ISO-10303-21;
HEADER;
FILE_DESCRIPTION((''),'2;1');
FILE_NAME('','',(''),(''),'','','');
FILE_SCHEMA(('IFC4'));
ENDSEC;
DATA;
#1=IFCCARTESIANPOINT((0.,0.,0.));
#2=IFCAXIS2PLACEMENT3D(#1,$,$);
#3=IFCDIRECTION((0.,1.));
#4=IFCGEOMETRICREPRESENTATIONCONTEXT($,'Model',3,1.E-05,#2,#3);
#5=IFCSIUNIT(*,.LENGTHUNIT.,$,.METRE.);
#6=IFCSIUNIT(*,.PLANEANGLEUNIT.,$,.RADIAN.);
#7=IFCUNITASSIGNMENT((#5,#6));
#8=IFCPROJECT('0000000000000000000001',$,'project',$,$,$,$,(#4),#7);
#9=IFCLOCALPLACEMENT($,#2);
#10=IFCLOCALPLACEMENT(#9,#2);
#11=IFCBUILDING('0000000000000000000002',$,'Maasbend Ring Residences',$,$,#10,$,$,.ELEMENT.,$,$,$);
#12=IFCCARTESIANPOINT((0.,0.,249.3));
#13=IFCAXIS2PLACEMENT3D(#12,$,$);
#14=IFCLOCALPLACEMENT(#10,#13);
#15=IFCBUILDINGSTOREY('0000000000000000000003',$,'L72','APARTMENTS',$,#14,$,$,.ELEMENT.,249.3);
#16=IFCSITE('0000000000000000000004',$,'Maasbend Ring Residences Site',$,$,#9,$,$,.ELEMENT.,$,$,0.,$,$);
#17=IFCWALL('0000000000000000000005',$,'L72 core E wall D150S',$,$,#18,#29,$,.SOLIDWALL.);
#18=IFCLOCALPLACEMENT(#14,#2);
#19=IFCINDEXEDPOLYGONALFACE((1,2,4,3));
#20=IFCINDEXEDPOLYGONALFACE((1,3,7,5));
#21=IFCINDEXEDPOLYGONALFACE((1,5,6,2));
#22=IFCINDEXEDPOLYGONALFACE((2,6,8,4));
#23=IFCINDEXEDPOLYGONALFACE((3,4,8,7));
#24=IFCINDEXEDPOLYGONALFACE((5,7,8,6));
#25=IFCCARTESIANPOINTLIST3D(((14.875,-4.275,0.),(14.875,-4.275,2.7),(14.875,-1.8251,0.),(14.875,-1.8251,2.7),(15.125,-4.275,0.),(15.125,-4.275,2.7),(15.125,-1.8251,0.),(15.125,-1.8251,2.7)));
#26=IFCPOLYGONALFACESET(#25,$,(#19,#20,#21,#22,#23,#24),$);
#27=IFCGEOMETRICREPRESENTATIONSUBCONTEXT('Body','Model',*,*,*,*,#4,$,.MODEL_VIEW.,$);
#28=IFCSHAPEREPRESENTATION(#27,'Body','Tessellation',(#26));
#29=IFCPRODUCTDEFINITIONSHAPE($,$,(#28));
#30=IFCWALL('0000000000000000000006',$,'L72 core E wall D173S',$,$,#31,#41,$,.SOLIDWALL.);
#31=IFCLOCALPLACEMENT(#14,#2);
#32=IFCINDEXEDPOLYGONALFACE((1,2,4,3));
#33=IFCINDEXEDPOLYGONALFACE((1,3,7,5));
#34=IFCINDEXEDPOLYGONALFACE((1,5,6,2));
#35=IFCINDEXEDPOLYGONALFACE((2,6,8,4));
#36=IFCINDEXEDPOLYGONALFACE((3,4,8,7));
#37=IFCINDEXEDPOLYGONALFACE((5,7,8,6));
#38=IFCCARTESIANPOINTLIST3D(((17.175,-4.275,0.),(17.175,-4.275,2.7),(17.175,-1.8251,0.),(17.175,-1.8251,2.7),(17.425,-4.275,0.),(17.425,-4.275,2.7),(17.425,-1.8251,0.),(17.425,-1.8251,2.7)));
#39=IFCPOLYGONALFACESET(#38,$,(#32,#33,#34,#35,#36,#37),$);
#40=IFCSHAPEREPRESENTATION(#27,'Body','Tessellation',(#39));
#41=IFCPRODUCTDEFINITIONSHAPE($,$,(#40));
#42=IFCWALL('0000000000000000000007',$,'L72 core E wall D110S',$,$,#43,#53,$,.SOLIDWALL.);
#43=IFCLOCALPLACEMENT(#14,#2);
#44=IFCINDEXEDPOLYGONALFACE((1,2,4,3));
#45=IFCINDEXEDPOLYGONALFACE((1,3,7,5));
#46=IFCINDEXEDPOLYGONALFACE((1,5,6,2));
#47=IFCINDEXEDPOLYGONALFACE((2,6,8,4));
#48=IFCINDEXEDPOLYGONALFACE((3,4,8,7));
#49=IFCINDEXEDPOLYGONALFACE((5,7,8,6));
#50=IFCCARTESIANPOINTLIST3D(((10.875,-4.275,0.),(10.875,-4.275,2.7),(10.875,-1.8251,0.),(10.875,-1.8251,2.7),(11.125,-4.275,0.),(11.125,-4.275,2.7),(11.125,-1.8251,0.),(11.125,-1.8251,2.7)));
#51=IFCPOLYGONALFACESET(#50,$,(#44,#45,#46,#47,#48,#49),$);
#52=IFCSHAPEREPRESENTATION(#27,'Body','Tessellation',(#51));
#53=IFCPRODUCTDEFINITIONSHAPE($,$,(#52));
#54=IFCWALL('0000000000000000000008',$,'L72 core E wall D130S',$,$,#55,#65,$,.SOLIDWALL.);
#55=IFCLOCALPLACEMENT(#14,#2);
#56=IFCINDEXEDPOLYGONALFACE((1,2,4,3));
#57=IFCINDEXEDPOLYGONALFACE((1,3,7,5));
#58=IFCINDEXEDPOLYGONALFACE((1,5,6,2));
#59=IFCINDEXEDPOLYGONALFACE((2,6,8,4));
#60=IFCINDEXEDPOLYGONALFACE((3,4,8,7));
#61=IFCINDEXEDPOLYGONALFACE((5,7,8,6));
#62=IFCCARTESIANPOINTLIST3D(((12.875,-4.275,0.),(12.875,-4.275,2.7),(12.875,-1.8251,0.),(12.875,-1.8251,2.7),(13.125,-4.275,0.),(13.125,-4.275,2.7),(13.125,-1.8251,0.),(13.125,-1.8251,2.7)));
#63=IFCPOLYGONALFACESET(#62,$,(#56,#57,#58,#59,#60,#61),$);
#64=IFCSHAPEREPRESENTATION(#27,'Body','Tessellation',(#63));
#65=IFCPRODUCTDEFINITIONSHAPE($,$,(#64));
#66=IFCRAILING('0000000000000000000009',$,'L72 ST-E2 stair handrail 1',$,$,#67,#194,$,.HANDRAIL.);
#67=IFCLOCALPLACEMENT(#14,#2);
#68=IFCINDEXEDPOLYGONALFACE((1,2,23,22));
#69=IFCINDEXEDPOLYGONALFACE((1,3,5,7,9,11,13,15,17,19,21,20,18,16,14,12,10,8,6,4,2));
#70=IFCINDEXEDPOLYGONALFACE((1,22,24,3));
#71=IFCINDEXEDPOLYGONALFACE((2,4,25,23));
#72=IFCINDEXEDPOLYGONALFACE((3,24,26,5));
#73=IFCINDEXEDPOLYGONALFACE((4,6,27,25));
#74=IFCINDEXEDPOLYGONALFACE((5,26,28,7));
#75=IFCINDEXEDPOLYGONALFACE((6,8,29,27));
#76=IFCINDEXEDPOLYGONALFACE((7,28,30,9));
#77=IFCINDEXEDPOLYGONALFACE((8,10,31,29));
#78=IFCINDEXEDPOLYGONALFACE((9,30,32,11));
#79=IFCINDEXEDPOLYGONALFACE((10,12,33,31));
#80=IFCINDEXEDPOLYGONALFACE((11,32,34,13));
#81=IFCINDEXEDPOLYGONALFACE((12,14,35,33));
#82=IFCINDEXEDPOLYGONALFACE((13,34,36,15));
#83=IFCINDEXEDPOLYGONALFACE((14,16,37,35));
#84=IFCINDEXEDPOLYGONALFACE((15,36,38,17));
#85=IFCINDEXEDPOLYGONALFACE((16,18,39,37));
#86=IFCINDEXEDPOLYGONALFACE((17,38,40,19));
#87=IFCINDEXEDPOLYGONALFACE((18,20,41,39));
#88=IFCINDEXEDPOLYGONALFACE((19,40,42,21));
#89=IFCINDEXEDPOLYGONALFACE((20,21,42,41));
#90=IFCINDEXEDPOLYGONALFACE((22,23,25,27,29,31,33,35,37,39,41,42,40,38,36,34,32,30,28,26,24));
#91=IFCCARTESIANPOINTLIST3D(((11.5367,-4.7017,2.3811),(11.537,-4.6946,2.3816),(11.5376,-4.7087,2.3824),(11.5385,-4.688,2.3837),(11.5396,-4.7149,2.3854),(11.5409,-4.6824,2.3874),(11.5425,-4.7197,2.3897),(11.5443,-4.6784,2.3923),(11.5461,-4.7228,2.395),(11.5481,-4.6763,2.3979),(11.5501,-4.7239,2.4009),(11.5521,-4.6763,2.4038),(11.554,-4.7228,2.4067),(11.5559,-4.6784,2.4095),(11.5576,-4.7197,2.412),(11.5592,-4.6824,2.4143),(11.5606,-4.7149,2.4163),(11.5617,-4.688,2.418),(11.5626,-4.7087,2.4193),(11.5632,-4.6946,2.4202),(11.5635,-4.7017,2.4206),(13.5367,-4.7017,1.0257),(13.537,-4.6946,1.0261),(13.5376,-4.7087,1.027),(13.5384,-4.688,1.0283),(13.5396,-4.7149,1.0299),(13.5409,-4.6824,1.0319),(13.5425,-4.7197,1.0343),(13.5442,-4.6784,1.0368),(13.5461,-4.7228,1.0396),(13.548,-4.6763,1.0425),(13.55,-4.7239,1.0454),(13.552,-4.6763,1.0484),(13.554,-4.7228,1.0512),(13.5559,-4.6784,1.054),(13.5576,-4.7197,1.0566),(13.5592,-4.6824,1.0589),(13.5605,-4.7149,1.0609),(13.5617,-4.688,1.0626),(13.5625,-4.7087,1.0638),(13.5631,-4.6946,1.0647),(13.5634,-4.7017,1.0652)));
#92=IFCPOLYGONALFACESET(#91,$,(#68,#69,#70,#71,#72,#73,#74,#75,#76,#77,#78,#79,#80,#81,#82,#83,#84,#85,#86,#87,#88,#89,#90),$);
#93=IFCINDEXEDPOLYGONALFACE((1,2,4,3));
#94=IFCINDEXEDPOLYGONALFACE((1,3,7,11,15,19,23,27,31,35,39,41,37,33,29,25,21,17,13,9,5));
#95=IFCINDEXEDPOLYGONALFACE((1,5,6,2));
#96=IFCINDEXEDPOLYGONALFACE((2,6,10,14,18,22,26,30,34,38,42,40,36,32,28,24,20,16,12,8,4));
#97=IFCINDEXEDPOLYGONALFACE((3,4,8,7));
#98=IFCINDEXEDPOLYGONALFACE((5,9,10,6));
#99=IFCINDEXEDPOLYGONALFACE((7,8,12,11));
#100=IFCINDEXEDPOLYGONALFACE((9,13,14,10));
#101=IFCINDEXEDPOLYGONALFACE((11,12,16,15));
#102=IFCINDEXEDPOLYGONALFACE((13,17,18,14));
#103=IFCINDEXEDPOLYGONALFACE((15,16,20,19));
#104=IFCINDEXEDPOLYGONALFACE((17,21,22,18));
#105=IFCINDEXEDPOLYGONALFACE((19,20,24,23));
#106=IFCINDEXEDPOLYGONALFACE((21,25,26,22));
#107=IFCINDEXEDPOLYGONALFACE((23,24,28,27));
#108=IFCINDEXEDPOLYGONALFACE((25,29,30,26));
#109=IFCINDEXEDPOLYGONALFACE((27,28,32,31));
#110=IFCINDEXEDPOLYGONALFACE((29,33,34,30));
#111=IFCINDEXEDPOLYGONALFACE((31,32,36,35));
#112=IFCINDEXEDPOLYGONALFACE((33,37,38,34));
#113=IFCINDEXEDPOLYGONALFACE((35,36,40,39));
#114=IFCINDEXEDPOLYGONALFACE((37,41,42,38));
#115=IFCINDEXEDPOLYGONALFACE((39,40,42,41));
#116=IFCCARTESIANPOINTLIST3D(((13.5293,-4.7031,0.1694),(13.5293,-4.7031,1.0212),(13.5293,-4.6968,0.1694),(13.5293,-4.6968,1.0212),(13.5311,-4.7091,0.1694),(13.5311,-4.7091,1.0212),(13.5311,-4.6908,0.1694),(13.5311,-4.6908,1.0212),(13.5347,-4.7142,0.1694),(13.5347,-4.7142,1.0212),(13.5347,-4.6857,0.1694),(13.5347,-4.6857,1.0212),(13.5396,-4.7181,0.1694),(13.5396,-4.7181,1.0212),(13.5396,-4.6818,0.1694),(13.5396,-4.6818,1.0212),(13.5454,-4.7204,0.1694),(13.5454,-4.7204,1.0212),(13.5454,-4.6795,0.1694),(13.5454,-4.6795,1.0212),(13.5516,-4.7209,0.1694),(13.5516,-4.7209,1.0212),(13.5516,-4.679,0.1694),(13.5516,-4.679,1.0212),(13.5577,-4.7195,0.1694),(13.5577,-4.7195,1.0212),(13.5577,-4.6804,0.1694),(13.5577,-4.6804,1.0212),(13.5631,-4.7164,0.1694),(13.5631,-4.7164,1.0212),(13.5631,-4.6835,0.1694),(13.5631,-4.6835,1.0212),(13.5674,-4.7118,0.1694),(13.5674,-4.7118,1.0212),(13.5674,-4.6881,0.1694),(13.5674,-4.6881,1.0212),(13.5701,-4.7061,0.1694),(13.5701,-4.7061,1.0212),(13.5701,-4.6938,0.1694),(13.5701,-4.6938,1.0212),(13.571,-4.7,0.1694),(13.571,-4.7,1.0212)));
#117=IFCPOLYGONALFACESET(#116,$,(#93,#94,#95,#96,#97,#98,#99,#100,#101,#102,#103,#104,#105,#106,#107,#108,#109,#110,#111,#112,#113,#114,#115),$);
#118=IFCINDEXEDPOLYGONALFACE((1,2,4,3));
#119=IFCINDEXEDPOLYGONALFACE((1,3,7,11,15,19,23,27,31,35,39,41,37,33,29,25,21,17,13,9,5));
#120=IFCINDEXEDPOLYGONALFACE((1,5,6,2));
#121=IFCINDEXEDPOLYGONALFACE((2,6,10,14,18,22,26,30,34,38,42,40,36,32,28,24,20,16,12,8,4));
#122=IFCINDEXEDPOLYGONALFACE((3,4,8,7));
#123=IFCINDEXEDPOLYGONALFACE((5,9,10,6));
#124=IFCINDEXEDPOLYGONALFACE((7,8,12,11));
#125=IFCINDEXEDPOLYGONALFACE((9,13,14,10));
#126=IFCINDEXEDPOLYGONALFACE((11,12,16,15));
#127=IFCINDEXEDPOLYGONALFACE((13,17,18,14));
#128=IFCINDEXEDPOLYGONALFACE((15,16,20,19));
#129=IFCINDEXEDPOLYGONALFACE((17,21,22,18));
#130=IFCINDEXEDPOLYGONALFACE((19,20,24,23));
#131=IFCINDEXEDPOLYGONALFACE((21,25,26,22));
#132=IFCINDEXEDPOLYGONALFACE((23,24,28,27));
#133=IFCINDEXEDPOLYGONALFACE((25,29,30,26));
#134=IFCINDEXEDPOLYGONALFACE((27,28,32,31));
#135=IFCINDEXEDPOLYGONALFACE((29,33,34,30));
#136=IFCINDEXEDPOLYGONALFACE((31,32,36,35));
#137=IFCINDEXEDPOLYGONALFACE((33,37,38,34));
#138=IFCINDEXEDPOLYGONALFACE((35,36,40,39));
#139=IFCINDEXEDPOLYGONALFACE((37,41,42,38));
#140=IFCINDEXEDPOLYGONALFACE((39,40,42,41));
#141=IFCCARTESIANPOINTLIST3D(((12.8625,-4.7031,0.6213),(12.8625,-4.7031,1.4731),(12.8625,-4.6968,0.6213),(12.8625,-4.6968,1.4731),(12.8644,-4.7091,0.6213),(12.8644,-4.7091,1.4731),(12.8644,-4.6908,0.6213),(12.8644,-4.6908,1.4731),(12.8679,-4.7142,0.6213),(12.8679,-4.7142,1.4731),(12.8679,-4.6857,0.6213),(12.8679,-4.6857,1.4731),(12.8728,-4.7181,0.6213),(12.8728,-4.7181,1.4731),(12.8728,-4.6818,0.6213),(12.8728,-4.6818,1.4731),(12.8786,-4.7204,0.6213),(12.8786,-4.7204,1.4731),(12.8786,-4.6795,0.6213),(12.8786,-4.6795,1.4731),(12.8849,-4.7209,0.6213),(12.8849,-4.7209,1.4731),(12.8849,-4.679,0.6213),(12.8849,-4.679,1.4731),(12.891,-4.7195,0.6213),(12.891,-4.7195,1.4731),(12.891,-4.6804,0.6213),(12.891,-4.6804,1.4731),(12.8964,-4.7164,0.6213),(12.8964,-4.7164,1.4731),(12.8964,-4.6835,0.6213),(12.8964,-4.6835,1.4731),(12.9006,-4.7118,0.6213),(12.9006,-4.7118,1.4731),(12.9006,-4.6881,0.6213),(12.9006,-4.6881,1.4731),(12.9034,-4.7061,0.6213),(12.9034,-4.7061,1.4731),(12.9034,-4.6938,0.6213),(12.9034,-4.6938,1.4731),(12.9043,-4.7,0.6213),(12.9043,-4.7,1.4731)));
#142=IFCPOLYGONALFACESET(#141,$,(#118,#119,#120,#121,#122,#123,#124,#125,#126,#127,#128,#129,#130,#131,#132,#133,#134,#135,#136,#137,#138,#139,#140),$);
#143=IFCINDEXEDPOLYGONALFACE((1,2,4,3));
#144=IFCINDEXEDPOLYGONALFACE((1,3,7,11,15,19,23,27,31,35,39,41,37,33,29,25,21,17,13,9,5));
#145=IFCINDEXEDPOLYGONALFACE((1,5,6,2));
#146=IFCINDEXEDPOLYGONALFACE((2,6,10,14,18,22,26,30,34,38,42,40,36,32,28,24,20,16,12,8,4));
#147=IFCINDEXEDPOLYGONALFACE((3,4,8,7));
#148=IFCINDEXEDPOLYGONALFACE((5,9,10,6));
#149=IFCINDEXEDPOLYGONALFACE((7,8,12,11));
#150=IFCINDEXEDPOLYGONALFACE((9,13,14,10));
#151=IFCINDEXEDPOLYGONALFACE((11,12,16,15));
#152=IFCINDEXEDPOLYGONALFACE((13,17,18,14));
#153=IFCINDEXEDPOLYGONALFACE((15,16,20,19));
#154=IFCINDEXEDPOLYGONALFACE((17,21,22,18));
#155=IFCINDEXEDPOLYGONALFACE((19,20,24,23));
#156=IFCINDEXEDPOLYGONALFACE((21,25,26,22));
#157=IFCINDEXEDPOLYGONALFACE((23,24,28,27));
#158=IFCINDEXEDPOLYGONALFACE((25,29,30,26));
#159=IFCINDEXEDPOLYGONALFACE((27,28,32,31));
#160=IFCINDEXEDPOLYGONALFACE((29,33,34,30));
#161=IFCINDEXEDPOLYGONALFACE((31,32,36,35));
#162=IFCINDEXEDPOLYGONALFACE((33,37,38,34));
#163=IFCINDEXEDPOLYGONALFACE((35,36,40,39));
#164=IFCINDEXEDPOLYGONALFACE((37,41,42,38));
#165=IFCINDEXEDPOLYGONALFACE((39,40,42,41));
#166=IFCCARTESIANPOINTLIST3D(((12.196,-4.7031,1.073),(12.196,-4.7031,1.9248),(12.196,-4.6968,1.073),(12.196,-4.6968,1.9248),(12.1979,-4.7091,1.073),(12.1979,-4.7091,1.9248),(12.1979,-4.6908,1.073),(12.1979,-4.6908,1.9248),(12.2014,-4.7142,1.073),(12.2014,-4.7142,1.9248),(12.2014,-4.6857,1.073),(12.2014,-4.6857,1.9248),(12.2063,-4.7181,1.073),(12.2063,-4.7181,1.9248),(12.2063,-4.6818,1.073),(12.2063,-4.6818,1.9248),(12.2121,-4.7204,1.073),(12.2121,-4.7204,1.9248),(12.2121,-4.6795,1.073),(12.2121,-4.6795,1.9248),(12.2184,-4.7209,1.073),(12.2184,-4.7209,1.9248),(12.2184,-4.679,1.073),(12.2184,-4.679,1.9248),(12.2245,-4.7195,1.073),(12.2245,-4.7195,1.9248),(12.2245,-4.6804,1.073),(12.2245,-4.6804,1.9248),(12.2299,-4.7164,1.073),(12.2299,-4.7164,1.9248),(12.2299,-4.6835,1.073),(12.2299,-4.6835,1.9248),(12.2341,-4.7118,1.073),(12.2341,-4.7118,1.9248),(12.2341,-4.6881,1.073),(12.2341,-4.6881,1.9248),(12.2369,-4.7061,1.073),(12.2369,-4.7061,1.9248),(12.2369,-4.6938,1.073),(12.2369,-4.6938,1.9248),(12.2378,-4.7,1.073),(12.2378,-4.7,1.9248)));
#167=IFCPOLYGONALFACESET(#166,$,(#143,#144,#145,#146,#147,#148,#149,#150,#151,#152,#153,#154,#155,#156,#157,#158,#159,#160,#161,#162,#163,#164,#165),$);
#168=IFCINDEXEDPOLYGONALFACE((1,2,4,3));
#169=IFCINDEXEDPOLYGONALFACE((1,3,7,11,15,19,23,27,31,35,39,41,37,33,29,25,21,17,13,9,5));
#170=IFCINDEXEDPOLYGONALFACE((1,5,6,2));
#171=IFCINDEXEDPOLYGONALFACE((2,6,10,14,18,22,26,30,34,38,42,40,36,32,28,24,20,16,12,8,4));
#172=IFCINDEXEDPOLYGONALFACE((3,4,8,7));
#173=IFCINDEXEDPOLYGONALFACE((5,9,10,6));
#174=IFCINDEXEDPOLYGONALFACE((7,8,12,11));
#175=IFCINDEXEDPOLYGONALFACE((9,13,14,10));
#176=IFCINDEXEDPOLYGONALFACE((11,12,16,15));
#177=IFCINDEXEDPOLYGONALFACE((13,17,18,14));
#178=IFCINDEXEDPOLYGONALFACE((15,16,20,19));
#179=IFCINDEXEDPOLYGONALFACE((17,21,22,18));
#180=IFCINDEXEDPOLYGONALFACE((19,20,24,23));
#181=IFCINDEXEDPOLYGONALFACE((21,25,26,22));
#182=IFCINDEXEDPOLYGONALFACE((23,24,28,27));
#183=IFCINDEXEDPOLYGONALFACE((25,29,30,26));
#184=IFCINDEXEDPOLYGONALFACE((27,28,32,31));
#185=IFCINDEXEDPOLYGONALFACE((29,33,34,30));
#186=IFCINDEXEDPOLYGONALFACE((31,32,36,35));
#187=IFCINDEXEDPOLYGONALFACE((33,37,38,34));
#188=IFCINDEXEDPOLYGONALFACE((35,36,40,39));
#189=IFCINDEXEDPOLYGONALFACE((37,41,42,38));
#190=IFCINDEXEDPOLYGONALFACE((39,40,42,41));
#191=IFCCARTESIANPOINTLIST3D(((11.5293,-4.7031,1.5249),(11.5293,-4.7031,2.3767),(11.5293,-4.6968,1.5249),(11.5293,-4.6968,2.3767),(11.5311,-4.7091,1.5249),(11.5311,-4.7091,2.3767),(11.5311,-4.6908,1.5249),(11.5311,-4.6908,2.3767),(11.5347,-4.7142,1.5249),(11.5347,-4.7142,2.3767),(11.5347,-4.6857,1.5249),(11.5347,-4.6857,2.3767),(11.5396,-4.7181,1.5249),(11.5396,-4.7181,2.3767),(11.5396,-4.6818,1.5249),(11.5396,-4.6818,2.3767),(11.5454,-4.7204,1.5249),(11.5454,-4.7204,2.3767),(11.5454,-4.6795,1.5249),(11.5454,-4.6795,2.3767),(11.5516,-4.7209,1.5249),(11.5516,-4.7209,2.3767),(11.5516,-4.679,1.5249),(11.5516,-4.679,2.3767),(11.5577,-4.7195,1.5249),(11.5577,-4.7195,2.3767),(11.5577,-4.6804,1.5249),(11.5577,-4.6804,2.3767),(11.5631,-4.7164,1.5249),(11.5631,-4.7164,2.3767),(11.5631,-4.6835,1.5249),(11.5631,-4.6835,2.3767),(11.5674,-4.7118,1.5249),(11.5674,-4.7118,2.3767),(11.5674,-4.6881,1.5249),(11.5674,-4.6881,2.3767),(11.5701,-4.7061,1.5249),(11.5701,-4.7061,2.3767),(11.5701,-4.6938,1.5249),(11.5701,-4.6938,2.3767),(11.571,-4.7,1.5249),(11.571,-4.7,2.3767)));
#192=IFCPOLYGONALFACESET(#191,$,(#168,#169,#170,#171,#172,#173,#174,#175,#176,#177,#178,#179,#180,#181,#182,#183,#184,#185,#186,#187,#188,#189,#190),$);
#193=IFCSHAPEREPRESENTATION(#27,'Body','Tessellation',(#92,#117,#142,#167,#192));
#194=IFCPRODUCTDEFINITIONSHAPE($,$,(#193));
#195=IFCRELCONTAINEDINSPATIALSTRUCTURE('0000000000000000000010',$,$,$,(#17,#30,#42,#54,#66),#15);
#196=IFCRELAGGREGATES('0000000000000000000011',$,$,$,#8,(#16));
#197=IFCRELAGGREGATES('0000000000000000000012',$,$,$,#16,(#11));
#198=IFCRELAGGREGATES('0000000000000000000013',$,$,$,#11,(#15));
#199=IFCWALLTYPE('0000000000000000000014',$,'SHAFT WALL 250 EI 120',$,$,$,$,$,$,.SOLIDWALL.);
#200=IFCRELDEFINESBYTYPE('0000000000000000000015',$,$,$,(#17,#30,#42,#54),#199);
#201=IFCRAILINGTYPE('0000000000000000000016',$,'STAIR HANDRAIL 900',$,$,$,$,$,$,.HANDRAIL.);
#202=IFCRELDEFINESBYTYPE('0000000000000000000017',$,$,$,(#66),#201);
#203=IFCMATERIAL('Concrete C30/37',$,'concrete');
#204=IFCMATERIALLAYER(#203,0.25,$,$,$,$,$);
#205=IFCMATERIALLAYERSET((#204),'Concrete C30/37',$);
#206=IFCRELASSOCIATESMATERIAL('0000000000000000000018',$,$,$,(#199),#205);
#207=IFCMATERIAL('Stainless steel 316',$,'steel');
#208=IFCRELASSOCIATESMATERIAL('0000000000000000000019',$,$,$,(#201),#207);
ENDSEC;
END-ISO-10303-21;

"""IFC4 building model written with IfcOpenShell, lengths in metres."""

from ifc_helpers import new_model, si_unit, direction, frame, frame_2d, origin, origin_2d, place, context, subcontext, project, spatial, rectangle, circle, extrude, material, layer, layer_set, type_object, element, save


model = new_model("IFC4")

# Units and contexts
model_context = context("Model", 3, precision=1e-05, world=origin(), true_north=direction((0.0, 1.0)))
body_context = subcontext(model_context, "Body", "Model", "MODEL_VIEW")
ifc_project = project(units=[si_unit("LENGTHUNIT", "METRE"), si_unit("PLANEANGLEUNIT", "RADIAN")], contexts=[model_context])

# Site, building, storey
site_placement = place(None, origin())
site = spatial("IfcSite", under=ifc_project, at=site_placement, Name="Maasbend Ring Residences Site", CompositionType="ELEMENT", RefElevation=0.0)
building_placement = place(site_placement, origin())
building = spatial("IfcBuilding", under=site, at=building_placement, Name="Maasbend Ring Residences", CompositionType="ELEMENT")
storey_placement = place(building_placement, frame((0.0, 0.0, 249.3)))
storey = spatial("IfcBuildingStorey", under=building, at=storey_placement, Name="L72", Description="APARTMENTS", CompositionType="ELEMENT", Elevation=249.3)

# Walls
ifc_material_1 = material(Name="Concrete C30/37", Category="concrete")
ifc_layer_1 = layer(ifc_material_1, 0.25)
ifc_layer_set_1 = layer_set([ifc_layer_1], Name="Concrete C30/37")
wall_type_1 = type_object("IfcWallType", Name="SHAFT WALL 250 EI 120", PredefinedType="SOLIDWALL", material=ifc_layer_set_1)
for number, where, z_axis, x_axis, name in (
    (1, (15.0, -1.825, 0.0), (0.0, 0.0, 1.0), (0.0, -1.0, 0.0), "L72 core E wall D150S"),
    (2, (17.3, -1.825, 0.0), (0.0, 0.0, 1.0), (0.0, -1.0, 0.0), "L72 core E wall D173S"),
    (3, (11.0, -1.825, 0.0), (0.0, 0.0, 1.0), (0.0, -1.0, 0.0), "L72 core E wall D110S"),
    (4, (13.0, -1.825, 0.0), (0.0, 0.0, 1.0), (0.0, -1.0, 0.0), "L72 core E wall D130S"),
):
    element("IfcWall", number, at=place(storey_placement, frame(where, z_axis=z_axis, x_axis=x_axis)), inside=storey, type_object=wall_type_1, Name=name, PredefinedType="SOLIDWALL", context=body_context, shape_type="SweptSolid", body=[
        extrude(rectangle(XDim=2.45, YDim=0.25, at=frame_2d((1.2251, 0.0))), origin(), (0.0, 0.0, 1.0), 2.7),
    ])

# Railing
ifc_material_2 = material(Name="Stainless steel 316", Category="steel")
railing_type_1 = type_object("IfcRailingType", Name="STAIR HANDRAIL 900", PredefinedType="HANDRAIL", material=ifc_material_2)
railing_1_placement = place(storey_placement, frame((13.55, -4.7, 0.1694)))
element("IfcRailing", 5, at=railing_1_placement, inside=storey, type_object=railing_type_1, Name="L72 ST-E2 stair handrail 1", PredefinedType="HANDRAIL", context=body_context, shape_type="SweptSolid", body=[
    extrude(circle(Radius=0.0239, at=origin_2d()), frame((0.0, 0.0, 0.876), z_axis=(-0.827798, 0.0, 0.561027), x_axis=(0.0, -1.0, 0.0)), (0.0, 0.0, 1.0), 2.416),
    extrude(circle(Radius=0.021, at=origin_2d()), origin(), (0.0, 0.0, 1.0), 0.8518),
    extrude(circle(Radius=0.021, at=origin_2d()), frame((-0.6667, 0.0, 0.4519)), (0.0, 0.0, 1.0), 0.8518),
    extrude(circle(Radius=0.021, at=origin_2d()), frame((-1.3333, 0.0, 0.9036)), (0.0, 0.0, 1.0), 0.8518),
    extrude(circle(Radius=0.021, at=origin_2d()), frame((-2.0, 0.0, 1.3555)), (0.0, 0.0, 1.0), 0.8518),
])

save(model, "model.ifc")
